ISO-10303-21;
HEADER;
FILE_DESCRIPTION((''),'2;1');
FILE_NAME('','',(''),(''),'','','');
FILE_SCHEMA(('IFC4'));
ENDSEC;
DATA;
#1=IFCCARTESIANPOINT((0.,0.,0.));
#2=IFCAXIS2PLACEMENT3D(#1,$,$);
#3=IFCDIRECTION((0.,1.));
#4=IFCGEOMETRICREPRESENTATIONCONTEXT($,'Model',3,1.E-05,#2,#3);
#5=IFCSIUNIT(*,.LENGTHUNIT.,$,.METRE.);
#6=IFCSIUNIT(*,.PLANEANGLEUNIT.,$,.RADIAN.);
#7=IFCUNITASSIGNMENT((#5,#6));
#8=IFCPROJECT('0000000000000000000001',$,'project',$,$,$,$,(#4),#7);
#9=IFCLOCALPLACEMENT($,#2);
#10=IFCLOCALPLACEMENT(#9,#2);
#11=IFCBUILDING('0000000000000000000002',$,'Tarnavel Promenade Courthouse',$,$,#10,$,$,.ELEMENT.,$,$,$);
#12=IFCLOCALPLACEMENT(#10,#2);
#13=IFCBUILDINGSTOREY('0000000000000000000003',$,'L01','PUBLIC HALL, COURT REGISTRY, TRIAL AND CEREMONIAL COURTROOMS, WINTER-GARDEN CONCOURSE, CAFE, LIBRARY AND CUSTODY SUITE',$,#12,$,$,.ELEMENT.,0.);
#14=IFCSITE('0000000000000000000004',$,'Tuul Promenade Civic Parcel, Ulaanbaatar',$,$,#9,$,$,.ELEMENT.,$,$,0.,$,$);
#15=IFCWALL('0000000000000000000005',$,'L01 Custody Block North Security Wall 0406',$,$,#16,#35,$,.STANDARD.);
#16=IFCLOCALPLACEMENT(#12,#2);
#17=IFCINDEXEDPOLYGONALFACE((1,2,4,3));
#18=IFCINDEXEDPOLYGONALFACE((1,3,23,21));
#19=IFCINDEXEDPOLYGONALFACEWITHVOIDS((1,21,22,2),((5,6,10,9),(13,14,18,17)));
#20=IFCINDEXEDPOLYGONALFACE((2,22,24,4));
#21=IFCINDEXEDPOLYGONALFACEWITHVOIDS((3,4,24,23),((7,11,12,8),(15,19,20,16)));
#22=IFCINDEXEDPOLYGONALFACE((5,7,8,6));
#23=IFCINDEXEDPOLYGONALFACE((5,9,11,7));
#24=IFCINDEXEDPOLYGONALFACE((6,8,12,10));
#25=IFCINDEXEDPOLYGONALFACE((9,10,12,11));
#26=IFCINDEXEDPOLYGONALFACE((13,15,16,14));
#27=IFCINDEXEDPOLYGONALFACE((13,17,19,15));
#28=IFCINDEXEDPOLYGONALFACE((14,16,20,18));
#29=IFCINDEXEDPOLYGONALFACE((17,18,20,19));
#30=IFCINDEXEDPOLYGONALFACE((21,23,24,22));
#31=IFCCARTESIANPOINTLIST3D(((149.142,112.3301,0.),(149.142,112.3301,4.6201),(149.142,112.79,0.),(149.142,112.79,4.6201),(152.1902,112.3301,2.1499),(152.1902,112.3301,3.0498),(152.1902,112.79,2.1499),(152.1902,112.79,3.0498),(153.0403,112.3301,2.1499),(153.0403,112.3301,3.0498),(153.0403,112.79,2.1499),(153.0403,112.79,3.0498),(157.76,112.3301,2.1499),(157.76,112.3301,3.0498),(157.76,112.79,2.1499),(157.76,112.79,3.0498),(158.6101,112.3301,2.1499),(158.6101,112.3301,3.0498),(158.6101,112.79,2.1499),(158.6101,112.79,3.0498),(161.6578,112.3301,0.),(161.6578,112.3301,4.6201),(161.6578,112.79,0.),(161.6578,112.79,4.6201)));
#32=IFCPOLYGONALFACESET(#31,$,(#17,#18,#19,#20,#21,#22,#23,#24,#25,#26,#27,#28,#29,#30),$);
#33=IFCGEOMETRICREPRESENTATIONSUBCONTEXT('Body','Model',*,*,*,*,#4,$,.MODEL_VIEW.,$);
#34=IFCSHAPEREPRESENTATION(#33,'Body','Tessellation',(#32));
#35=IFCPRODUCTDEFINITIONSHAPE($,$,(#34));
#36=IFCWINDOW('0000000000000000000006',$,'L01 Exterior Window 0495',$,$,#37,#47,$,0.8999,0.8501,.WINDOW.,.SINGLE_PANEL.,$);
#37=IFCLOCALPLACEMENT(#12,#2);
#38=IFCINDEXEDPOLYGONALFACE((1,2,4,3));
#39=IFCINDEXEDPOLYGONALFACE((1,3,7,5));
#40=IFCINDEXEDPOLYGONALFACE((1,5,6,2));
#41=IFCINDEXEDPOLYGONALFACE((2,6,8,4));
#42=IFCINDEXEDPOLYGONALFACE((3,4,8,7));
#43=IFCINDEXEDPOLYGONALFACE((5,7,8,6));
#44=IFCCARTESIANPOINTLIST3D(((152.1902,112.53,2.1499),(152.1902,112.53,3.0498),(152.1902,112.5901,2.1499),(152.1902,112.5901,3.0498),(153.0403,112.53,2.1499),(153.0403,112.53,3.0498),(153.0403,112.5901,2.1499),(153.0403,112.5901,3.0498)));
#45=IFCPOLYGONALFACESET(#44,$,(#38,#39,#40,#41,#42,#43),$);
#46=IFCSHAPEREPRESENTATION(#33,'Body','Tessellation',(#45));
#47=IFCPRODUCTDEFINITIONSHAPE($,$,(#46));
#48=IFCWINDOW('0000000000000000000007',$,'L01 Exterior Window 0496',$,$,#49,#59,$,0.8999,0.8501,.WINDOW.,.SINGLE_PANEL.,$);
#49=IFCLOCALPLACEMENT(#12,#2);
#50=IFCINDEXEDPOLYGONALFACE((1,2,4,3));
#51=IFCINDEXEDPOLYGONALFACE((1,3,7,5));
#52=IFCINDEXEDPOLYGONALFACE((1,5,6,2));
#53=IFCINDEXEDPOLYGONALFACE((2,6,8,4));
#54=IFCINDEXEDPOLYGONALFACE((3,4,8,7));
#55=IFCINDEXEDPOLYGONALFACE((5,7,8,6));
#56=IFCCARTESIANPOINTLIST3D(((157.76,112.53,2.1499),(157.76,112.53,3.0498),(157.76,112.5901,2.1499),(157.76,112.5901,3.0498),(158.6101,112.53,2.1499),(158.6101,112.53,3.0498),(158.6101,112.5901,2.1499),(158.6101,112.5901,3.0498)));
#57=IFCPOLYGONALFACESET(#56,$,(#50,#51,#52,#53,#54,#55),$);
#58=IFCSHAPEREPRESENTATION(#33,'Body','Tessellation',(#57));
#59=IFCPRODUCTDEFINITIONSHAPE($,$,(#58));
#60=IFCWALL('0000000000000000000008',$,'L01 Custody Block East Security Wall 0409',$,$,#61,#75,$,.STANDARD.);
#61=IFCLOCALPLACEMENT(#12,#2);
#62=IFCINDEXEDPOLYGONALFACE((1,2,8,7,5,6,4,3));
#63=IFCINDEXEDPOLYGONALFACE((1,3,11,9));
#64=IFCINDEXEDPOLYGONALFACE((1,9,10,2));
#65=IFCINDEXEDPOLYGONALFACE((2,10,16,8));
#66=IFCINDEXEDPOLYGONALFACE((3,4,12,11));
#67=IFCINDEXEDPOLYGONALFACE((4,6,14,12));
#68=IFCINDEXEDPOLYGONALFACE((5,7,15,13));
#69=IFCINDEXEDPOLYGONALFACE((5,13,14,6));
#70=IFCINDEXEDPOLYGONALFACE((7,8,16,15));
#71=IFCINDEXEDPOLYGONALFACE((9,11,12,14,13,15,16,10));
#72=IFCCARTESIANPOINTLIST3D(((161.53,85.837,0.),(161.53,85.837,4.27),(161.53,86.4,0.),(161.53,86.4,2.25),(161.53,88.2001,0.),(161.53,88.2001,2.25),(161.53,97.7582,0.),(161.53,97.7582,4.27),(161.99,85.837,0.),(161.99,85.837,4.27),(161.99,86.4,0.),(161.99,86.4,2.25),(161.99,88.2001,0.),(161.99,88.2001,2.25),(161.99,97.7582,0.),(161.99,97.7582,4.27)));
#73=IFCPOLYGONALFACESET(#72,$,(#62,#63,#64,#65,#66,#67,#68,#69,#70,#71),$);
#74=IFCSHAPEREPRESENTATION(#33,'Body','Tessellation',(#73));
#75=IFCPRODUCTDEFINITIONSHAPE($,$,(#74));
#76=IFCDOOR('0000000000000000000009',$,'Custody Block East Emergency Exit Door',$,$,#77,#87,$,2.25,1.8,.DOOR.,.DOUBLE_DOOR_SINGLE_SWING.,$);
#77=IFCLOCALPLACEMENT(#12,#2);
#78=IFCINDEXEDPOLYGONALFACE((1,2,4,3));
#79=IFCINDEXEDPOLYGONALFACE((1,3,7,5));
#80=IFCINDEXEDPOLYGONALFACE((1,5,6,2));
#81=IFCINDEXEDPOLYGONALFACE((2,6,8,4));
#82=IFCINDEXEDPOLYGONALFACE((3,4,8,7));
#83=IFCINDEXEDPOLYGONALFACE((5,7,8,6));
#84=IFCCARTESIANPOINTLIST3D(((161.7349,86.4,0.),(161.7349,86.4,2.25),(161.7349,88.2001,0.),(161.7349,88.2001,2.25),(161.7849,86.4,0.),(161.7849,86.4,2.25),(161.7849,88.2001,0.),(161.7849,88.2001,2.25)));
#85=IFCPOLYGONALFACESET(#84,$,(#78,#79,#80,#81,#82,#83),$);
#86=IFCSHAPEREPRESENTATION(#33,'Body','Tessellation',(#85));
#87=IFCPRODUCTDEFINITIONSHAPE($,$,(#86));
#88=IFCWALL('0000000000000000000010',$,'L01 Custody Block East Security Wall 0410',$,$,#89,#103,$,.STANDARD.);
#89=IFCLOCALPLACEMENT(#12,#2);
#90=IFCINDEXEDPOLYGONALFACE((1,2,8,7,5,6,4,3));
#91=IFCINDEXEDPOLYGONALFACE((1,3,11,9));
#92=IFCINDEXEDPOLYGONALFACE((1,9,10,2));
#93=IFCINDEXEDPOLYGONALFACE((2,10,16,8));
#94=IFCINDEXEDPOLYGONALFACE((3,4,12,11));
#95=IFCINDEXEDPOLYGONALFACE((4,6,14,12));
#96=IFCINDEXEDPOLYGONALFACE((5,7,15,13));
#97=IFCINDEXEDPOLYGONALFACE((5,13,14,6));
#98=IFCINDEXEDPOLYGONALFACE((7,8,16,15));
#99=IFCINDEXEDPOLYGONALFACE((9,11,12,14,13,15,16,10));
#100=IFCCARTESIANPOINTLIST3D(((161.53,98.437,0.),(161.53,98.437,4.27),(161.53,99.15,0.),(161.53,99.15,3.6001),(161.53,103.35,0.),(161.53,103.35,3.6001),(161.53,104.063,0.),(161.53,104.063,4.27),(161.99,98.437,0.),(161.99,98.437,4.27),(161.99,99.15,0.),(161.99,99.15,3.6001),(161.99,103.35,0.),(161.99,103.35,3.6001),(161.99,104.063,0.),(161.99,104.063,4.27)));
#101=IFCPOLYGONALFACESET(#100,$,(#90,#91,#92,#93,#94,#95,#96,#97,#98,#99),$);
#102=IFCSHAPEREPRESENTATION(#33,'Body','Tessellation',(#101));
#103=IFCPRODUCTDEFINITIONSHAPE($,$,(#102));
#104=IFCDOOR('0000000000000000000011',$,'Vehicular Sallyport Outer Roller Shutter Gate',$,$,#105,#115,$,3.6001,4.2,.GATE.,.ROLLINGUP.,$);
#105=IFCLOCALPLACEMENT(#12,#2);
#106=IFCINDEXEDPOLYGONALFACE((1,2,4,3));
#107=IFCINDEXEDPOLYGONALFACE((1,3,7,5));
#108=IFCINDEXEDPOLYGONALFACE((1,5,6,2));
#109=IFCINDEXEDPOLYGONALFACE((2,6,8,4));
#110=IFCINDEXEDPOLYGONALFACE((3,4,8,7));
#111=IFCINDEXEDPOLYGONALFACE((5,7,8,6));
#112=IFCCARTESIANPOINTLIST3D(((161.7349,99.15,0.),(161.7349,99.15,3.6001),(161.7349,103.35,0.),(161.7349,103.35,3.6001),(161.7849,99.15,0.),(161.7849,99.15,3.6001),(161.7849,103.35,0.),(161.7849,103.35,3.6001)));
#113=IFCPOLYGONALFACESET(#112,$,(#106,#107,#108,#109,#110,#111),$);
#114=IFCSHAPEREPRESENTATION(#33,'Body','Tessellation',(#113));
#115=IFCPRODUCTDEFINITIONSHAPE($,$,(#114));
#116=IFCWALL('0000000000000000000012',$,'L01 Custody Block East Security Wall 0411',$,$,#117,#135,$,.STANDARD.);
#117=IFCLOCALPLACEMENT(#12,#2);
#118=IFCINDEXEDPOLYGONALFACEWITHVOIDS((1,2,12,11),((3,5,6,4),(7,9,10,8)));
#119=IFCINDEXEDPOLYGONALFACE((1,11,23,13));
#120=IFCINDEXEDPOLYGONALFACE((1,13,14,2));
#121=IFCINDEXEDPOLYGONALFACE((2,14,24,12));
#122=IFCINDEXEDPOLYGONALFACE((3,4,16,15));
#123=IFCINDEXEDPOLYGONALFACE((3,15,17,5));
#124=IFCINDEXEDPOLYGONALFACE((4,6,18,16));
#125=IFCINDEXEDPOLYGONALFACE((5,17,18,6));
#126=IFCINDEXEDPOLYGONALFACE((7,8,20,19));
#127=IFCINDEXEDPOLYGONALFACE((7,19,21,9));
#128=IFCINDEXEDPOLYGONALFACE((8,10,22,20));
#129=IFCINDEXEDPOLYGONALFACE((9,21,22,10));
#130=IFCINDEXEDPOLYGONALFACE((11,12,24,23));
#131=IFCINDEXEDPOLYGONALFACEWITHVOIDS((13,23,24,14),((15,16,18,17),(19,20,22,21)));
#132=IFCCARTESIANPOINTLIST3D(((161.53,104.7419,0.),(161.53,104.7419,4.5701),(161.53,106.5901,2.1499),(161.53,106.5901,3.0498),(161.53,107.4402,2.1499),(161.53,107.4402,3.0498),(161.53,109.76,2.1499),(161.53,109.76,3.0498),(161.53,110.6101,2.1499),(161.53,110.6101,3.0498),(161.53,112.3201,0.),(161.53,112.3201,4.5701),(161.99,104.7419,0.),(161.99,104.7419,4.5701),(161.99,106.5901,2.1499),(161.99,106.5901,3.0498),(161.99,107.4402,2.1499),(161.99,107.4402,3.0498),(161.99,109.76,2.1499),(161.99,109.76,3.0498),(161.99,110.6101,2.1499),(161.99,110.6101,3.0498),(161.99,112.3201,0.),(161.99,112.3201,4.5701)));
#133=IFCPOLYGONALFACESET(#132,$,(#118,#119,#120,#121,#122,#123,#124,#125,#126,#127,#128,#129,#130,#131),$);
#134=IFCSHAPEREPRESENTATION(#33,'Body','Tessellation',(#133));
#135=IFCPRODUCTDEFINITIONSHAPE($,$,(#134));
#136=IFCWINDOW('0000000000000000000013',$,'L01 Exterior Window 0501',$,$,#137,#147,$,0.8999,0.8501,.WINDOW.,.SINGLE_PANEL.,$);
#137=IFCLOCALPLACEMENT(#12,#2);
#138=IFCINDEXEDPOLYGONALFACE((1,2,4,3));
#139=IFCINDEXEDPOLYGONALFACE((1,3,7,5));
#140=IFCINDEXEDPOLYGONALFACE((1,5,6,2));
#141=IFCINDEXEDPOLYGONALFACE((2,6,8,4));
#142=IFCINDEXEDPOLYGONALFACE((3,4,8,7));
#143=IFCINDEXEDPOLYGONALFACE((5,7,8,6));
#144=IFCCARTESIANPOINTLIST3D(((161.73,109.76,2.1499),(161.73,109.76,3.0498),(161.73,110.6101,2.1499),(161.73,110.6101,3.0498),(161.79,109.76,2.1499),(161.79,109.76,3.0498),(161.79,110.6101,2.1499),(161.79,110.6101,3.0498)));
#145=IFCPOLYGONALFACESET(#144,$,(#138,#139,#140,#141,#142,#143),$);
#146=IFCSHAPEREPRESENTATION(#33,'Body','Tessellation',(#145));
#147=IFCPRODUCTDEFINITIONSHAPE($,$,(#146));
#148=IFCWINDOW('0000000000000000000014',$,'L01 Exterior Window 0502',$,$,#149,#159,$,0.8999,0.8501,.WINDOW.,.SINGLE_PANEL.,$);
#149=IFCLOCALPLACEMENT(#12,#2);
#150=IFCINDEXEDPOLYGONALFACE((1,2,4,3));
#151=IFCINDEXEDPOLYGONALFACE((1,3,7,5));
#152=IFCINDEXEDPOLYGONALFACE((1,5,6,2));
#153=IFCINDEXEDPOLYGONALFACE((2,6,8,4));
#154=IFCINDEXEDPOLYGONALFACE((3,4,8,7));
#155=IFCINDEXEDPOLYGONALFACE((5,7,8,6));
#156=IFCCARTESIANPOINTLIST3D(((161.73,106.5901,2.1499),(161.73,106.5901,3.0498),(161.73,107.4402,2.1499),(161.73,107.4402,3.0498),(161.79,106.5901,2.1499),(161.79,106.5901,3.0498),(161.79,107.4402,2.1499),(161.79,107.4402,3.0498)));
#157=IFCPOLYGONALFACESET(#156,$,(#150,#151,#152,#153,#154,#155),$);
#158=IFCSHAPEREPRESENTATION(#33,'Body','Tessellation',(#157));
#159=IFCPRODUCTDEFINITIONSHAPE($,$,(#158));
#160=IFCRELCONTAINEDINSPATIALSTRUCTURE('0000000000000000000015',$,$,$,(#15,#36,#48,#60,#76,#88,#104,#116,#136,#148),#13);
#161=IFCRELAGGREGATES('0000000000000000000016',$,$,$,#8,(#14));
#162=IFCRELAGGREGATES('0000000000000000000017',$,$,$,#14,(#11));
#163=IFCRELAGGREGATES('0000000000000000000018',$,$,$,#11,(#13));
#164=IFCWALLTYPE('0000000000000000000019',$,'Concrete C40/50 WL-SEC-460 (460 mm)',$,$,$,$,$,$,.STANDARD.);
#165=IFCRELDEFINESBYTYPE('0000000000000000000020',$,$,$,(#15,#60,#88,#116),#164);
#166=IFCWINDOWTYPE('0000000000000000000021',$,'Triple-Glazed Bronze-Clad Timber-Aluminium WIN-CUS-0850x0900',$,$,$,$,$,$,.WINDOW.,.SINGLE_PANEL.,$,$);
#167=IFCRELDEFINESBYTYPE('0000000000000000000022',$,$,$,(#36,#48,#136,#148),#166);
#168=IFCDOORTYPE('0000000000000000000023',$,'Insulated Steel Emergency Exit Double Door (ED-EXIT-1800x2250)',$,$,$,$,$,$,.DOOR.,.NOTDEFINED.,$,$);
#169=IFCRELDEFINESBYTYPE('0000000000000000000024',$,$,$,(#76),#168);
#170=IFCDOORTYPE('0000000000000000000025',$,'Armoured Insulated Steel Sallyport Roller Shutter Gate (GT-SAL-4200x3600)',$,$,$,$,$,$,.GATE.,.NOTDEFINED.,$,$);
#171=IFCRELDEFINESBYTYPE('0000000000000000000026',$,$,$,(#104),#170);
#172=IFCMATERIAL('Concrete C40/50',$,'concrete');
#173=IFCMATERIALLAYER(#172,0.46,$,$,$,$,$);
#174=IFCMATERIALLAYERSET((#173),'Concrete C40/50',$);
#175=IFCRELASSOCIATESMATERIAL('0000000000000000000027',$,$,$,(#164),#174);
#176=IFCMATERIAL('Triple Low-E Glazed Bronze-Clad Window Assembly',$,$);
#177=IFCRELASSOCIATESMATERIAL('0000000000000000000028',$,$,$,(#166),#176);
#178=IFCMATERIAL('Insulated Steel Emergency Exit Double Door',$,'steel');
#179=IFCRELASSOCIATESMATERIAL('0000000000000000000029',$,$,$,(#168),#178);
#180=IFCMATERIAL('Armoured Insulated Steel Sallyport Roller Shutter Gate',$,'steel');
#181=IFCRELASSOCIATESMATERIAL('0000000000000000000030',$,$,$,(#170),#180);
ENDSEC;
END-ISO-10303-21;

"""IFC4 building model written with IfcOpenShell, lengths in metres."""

from ifc_helpers import new_model, si_unit, direction, frame, frame_2d, origin, place, context, subcontext, project, spatial, rectangle, extrude, material, layer, layer_set, type_object, element, fill, save


model = new_model("IFC4")

# Units and contexts
model_context = context("Model", 3, precision=1e-05, world=origin(), true_north=direction((0.0, 1.0)))
body_context = subcontext(model_context, "Body", "Model", "MODEL_VIEW")
ifc_project = project(units=[si_unit("LENGTHUNIT", "METRE"), si_unit("PLANEANGLEUNIT", "RADIAN")], contexts=[model_context])

# Site, building, storey
site_placement = place(None, origin())
site = spatial("IfcSite", under=ifc_project, at=site_placement, Name="Tuul Promenade Civic Parcel, Ulaanbaatar", CompositionType="ELEMENT", RefElevation=0.0)
building_placement = place(site_placement, origin())
building = spatial("IfcBuilding", under=site, at=building_placement, Name="Tarnavel Promenade Courthouse", CompositionType="ELEMENT")
storey_placement = place(building_placement, origin())
storey = spatial("IfcBuildingStorey", under=building, at=storey_placement, Name="L01", Description="PUBLIC HALL, COURT REGISTRY, TRIAL AND CEREMONIAL COURTROOMS, WINTER-GARDEN CONCOURSE, CAFE, LIBRARY AND CUSTODY SUITE", CompositionType="ELEMENT", Elevation=0.0)

# Shared definitions
ifc_material_1 = material(Name="Concrete C40/50", Category="concrete")

# Wall, openings, windows
ifc_layer = layer(ifc_material_1, 0.46)
ifc_layer_set = layer_set([ifc_layer], Name="Concrete C40/50")
wall_type = type_object("IfcWallType", Name="Concrete C40/50 WL-SEC-460 (460 mm)", PredefinedType="STANDARD", material=ifc_layer_set)
wall_1_placement = place(storey_placement, frame((149.1421, 112.5601, 0.0), z_axis=(0.0, 0.0, 1.0), x_axis=(1.0, 0.0, 0.0)))
wall_1 = element("IfcWall", 1, at=wall_1_placement, inside=storey, type_object=wall_type, Name="L01 Custody Block North Security Wall 0406", PredefinedType="STANDARD", context=body_context, shape_type="SweptSolid", body=[
    extrude(rectangle(XDim=12.5159, YDim=0.46, at=frame_2d((6.2578, 0.0))), origin(), (0.0, 0.0, 1.0), 4.6201),
])
opening_1_placement = place(wall_1_placement, frame((3.0481, 0.0, 2.1499)))
opening_1 = element("IfcOpeningElement", 2, at=opening_1_placement, cuts=wall_1, PredefinedType="OPENING", context=body_context, shape_type="SweptSolid", body=[
    extrude(rectangle(XDim=0.8501, YDim=0.8999, at=frame_2d((0.425, 0.45))), frame((0.0, 0.24, 0.0), z_axis=(0.0, -1.0, 0.0), x_axis=(1.0, 0.0, 0.0)), (0.0, 0.0, 1.0), 0.48),
])
opening_2_placement = place(wall_1_placement, frame((8.6179, 0.0, 2.1499)))
opening_2 = element("IfcOpeningElement", 3, at=opening_2_placement, cuts=wall_1, PredefinedType="OPENING", context=body_context, shape_type="SweptSolid", body=[
    extrude(rectangle(XDim=0.8501, YDim=0.8999, at=frame_2d((0.425, 0.45))), frame((0.0, 0.24, 0.0), z_axis=(0.0, -1.0, 0.0), x_axis=(1.0, 0.0, 0.0)), (0.0, 0.0, 1.0), 0.48),
])
ifc_material_2 = material(Name="Triple Low-E Glazed Bronze-Clad Window Assembly")
window_type = type_object("IfcWindowType", Name="Triple-Glazed Bronze-Clad Timber-Aluminium WIN-CUS-0850x0900", PartitioningType="SINGLE_PANEL", PredefinedType="WINDOW", material=ifc_material_2)
window_1_placement = place(opening_1_placement, origin())
window_1 = element("IfcWindow", 4, at=window_1_placement, inside=storey, type_object=window_type, Name="L01 Exterior Window 0495", OverallHeight=0.8999, OverallWidth=0.8501, PartitioningType="SINGLE_PANEL", PredefinedType="WINDOW", context=body_context, shape_type="SweptSolid", body=[
    extrude(rectangle(XDim=0.8501, YDim=0.8999, at=frame_2d((0.425, 0.45))), frame((0.0, 0.03, 0.0), z_axis=(0.0, -1.0, 0.0), x_axis=(1.0, 0.0, 0.0)), (0.0, 0.0, 1.0), 0.0601),
])
fill(opening_1, window_1)
window_2_placement = place(opening_2_placement, origin())
window_2 = element("IfcWindow", 5, at=window_2_placement, inside=storey, type_object=window_type, Name="L01 Exterior Window 0496", OverallHeight=0.8999, OverallWidth=0.8501, PartitioningType="SINGLE_PANEL", PredefinedType="WINDOW", context=body_context, shape_type="SweptSolid", body=[
    extrude(rectangle(XDim=0.8501, YDim=0.8999, at=frame_2d((0.425, 0.45))), frame((0.0, 0.03, 0.0), z_axis=(0.0, -1.0, 0.0), x_axis=(1.0, 0.0, 0.0)), (0.0, 0.0, 1.0), 0.0601),
])
fill(opening_2, window_2)

# Walls, openings, doors
wall_2_placement = place(storey_placement, frame((161.76, 97.7581, 0.0), z_axis=(0.0, 0.0, 1.0), x_axis=(0.0, -1.0, 0.0)))
wall_2 = element("IfcWall", 6, at=wall_2_placement, inside=storey, type_object=wall_type, Name="L01 Custody Block East Security Wall 0409", PredefinedType="STANDARD", context=body_context, shape_type="SweptSolid", body=[
    extrude(rectangle(XDim=11.9211, YDim=0.46, at=frame_2d((5.9604, 0.0))), origin(), (0.0, 0.0, 1.0), 4.27),
])
opening_3_placement = place(wall_2_placement, frame((9.5581, 0.0, 0.0)))
opening_3 = element("IfcOpeningElement", 7, at=opening_3_placement, cuts=wall_2, PredefinedType="OPENING", context=body_context, shape_type="SweptSolid", body=[
    extrude(rectangle(XDim=1.8, YDim=2.25, at=frame_2d((0.8999, 1.125))), frame((0.0, 0.24, 0.0), z_axis=(0.0, -1.0, 0.0), x_axis=(1.0, 0.0, 0.0)), (0.0, 0.0, 1.0), 0.48),
])
ifc_material_3 = material(Name="Insulated Steel Emergency Exit Double Door", Category="steel")
door_type_1 = type_object("IfcDoorType", Name="Insulated Steel Emergency Exit Double Door (ED-EXIT-1800x2250)", OperationType="NOTDEFINED", PredefinedType="DOOR", material=ifc_material_3)
door_1_placement = place(opening_3_placement, origin())
door_1 = element("IfcDoor", 8, at=door_1_placement, inside=storey, type_object=door_type_1, Name="Custody Block East Emergency Exit Door", OperationType="DOUBLE_DOOR_SINGLE_SWING", OverallHeight=2.25, OverallWidth=1.8, PredefinedType="DOOR", context=body_context, shape_type="SweptSolid", body=[
    extrude(rectangle(XDim=1.8, YDim=2.25, at=frame_2d((0.8999, 1.125))), frame((0.0, 0.0249, 0.0), z_axis=(0.0, -1.0, 0.0), x_axis=(1.0, 0.0, 0.0)), (0.0, 0.0, 1.0), 0.05),
])
fill(opening_3, door_1)
wall_3_placement = place(storey_placement, frame((161.76, 104.063, 0.0), z_axis=(0.0, 0.0, 1.0), x_axis=(0.0, -1.0, 0.0)))
wall_3 = element("IfcWall", 9, at=wall_3_placement, inside=storey, type_object=wall_type, Name="L01 Custody Block East Security Wall 0410", PredefinedType="STANDARD", context=body_context, shape_type="SweptSolid", body=[
    extrude(rectangle(XDim=5.626, YDim=0.46, at=frame_2d((2.813, 0.0))), origin(), (0.0, 0.0, 1.0), 4.27),
])
opening_4_placement = place(wall_3_placement, frame((0.7129, 0.0, 0.0)))
opening_4 = element("IfcOpeningElement", 10, at=opening_4_placement, cuts=wall_3, PredefinedType="OPENING", context=body_context, shape_type="SweptSolid", body=[
    extrude(rectangle(XDim=4.2, YDim=3.6001, at=frame_2d((2.1001, 1.8))), frame((0.0, 0.24, 0.0), z_axis=(0.0, -1.0, 0.0), x_axis=(1.0, 0.0, 0.0)), (0.0, 0.0, 1.0), 0.48),
])
ifc_material_4 = material(Name="Armoured Insulated Steel Sallyport Roller Shutter Gate", Category="steel")
door_type_2 = type_object("IfcDoorType", Name="Armoured Insulated Steel Sallyport Roller Shutter Gate (GT-SAL-4200x3600)", OperationType="NOTDEFINED", PredefinedType="GATE", material=ifc_material_4)
door_2_placement = place(opening_4_placement, origin())
door_2 = element("IfcDoor", 11, at=door_2_placement, inside=storey, type_object=door_type_2, Name="Vehicular Sallyport Outer Roller Shutter Gate", OperationType="ROLLINGUP", OverallHeight=3.6001, OverallWidth=4.2, PredefinedType="GATE", context=body_context, shape_type="SweptSolid", body=[
    extrude(rectangle(XDim=4.2, YDim=3.6001, at=frame_2d((2.1001, 1.8))), frame((0.0, 0.0249, 0.0), z_axis=(0.0, -1.0, 0.0), x_axis=(1.0, 0.0, 0.0)), (0.0, 0.0, 1.0), 0.05),
])
fill(opening_4, door_2)

# Wall, openings, windows
wall_4_placement = place(storey_placement, frame((161.76, 112.3201, 0.0), z_axis=(0.0, 0.0, 1.0), x_axis=(0.0, -1.0, 0.0)))
wall_4 = element("IfcWall", 12, at=wall_4_placement, inside=storey, type_object=wall_type, Name="L01 Custody Block East Security Wall 0411", PredefinedType="STANDARD", context=body_context, shape_type="SweptSolid", body=[
    extrude(rectangle(XDim=7.5781, YDim=0.46, at=frame_2d((3.7891, 0.0))), origin(), (0.0, 0.0, 1.0), 4.5701),
])
opening_5_placement = place(wall_4_placement, frame((1.71, 0.0, 2.1499)))
opening_5 = element("IfcOpeningElement", 13, at=opening_5_placement, cuts=wall_4, PredefinedType="OPENING", context=body_context, shape_type="SweptSolid", body=[
    extrude(rectangle(XDim=0.8501, YDim=0.8999, at=frame_2d((0.425, 0.45))), frame((0.0, 0.24, 0.0), z_axis=(0.0, -1.0, 0.0), x_axis=(1.0, 0.0, 0.0)), (0.0, 0.0, 1.0), 0.48),
])
opening_6_placement = place(wall_4_placement, frame((4.8799, 0.0, 2.1499)))
opening_6 = element("IfcOpeningElement", 14, at=opening_6_placement, cuts=wall_4, PredefinedType="OPENING", context=body_context, shape_type="SweptSolid", body=[
    extrude(rectangle(XDim=0.8501, YDim=0.8999, at=frame_2d((0.425, 0.45))), frame((0.0, 0.24, 0.0), z_axis=(0.0, -1.0, 0.0), x_axis=(1.0, 0.0, 0.0)), (0.0, 0.0, 1.0), 0.48),
])
window_3_placement = place(opening_5_placement, origin())
window_3 = element("IfcWindow", 15, at=window_3_placement, inside=storey, type_object=window_type, Name="L01 Exterior Window 0501", OverallHeight=0.8999, OverallWidth=0.8501, PartitioningType="SINGLE_PANEL", PredefinedType="WINDOW", context=body_context, shape_type="SweptSolid", body=[
    extrude(rectangle(XDim=0.8501, YDim=0.8999, at=frame_2d((0.425, 0.45))), frame((0.0, 0.03, 0.0), z_axis=(0.0, -1.0, 0.0), x_axis=(1.0, 0.0, 0.0)), (0.0, 0.0, 1.0), 0.0601),
])
fill(opening_5, window_3)
window_4_placement = place(opening_6_placement, origin())
window_4 = element("IfcWindow", 16, at=window_4_placement, inside=storey, type_object=window_type, Name="L01 Exterior Window 0502", OverallHeight=0.8999, OverallWidth=0.8501, PartitioningType="SINGLE_PANEL", PredefinedType="WINDOW", context=body_context, shape_type="SweptSolid", body=[
    extrude(rectangle(XDim=0.8501, YDim=0.8999, at=frame_2d((0.425, 0.45))), frame((0.0, 0.03, 0.0), z_axis=(0.0, -1.0, 0.0), x_axis=(1.0, 0.0, 0.0)), (0.0, 0.0, 1.0), 0.0601),
])
fill(opening_6, window_4)

save(model, "model.ifc")
